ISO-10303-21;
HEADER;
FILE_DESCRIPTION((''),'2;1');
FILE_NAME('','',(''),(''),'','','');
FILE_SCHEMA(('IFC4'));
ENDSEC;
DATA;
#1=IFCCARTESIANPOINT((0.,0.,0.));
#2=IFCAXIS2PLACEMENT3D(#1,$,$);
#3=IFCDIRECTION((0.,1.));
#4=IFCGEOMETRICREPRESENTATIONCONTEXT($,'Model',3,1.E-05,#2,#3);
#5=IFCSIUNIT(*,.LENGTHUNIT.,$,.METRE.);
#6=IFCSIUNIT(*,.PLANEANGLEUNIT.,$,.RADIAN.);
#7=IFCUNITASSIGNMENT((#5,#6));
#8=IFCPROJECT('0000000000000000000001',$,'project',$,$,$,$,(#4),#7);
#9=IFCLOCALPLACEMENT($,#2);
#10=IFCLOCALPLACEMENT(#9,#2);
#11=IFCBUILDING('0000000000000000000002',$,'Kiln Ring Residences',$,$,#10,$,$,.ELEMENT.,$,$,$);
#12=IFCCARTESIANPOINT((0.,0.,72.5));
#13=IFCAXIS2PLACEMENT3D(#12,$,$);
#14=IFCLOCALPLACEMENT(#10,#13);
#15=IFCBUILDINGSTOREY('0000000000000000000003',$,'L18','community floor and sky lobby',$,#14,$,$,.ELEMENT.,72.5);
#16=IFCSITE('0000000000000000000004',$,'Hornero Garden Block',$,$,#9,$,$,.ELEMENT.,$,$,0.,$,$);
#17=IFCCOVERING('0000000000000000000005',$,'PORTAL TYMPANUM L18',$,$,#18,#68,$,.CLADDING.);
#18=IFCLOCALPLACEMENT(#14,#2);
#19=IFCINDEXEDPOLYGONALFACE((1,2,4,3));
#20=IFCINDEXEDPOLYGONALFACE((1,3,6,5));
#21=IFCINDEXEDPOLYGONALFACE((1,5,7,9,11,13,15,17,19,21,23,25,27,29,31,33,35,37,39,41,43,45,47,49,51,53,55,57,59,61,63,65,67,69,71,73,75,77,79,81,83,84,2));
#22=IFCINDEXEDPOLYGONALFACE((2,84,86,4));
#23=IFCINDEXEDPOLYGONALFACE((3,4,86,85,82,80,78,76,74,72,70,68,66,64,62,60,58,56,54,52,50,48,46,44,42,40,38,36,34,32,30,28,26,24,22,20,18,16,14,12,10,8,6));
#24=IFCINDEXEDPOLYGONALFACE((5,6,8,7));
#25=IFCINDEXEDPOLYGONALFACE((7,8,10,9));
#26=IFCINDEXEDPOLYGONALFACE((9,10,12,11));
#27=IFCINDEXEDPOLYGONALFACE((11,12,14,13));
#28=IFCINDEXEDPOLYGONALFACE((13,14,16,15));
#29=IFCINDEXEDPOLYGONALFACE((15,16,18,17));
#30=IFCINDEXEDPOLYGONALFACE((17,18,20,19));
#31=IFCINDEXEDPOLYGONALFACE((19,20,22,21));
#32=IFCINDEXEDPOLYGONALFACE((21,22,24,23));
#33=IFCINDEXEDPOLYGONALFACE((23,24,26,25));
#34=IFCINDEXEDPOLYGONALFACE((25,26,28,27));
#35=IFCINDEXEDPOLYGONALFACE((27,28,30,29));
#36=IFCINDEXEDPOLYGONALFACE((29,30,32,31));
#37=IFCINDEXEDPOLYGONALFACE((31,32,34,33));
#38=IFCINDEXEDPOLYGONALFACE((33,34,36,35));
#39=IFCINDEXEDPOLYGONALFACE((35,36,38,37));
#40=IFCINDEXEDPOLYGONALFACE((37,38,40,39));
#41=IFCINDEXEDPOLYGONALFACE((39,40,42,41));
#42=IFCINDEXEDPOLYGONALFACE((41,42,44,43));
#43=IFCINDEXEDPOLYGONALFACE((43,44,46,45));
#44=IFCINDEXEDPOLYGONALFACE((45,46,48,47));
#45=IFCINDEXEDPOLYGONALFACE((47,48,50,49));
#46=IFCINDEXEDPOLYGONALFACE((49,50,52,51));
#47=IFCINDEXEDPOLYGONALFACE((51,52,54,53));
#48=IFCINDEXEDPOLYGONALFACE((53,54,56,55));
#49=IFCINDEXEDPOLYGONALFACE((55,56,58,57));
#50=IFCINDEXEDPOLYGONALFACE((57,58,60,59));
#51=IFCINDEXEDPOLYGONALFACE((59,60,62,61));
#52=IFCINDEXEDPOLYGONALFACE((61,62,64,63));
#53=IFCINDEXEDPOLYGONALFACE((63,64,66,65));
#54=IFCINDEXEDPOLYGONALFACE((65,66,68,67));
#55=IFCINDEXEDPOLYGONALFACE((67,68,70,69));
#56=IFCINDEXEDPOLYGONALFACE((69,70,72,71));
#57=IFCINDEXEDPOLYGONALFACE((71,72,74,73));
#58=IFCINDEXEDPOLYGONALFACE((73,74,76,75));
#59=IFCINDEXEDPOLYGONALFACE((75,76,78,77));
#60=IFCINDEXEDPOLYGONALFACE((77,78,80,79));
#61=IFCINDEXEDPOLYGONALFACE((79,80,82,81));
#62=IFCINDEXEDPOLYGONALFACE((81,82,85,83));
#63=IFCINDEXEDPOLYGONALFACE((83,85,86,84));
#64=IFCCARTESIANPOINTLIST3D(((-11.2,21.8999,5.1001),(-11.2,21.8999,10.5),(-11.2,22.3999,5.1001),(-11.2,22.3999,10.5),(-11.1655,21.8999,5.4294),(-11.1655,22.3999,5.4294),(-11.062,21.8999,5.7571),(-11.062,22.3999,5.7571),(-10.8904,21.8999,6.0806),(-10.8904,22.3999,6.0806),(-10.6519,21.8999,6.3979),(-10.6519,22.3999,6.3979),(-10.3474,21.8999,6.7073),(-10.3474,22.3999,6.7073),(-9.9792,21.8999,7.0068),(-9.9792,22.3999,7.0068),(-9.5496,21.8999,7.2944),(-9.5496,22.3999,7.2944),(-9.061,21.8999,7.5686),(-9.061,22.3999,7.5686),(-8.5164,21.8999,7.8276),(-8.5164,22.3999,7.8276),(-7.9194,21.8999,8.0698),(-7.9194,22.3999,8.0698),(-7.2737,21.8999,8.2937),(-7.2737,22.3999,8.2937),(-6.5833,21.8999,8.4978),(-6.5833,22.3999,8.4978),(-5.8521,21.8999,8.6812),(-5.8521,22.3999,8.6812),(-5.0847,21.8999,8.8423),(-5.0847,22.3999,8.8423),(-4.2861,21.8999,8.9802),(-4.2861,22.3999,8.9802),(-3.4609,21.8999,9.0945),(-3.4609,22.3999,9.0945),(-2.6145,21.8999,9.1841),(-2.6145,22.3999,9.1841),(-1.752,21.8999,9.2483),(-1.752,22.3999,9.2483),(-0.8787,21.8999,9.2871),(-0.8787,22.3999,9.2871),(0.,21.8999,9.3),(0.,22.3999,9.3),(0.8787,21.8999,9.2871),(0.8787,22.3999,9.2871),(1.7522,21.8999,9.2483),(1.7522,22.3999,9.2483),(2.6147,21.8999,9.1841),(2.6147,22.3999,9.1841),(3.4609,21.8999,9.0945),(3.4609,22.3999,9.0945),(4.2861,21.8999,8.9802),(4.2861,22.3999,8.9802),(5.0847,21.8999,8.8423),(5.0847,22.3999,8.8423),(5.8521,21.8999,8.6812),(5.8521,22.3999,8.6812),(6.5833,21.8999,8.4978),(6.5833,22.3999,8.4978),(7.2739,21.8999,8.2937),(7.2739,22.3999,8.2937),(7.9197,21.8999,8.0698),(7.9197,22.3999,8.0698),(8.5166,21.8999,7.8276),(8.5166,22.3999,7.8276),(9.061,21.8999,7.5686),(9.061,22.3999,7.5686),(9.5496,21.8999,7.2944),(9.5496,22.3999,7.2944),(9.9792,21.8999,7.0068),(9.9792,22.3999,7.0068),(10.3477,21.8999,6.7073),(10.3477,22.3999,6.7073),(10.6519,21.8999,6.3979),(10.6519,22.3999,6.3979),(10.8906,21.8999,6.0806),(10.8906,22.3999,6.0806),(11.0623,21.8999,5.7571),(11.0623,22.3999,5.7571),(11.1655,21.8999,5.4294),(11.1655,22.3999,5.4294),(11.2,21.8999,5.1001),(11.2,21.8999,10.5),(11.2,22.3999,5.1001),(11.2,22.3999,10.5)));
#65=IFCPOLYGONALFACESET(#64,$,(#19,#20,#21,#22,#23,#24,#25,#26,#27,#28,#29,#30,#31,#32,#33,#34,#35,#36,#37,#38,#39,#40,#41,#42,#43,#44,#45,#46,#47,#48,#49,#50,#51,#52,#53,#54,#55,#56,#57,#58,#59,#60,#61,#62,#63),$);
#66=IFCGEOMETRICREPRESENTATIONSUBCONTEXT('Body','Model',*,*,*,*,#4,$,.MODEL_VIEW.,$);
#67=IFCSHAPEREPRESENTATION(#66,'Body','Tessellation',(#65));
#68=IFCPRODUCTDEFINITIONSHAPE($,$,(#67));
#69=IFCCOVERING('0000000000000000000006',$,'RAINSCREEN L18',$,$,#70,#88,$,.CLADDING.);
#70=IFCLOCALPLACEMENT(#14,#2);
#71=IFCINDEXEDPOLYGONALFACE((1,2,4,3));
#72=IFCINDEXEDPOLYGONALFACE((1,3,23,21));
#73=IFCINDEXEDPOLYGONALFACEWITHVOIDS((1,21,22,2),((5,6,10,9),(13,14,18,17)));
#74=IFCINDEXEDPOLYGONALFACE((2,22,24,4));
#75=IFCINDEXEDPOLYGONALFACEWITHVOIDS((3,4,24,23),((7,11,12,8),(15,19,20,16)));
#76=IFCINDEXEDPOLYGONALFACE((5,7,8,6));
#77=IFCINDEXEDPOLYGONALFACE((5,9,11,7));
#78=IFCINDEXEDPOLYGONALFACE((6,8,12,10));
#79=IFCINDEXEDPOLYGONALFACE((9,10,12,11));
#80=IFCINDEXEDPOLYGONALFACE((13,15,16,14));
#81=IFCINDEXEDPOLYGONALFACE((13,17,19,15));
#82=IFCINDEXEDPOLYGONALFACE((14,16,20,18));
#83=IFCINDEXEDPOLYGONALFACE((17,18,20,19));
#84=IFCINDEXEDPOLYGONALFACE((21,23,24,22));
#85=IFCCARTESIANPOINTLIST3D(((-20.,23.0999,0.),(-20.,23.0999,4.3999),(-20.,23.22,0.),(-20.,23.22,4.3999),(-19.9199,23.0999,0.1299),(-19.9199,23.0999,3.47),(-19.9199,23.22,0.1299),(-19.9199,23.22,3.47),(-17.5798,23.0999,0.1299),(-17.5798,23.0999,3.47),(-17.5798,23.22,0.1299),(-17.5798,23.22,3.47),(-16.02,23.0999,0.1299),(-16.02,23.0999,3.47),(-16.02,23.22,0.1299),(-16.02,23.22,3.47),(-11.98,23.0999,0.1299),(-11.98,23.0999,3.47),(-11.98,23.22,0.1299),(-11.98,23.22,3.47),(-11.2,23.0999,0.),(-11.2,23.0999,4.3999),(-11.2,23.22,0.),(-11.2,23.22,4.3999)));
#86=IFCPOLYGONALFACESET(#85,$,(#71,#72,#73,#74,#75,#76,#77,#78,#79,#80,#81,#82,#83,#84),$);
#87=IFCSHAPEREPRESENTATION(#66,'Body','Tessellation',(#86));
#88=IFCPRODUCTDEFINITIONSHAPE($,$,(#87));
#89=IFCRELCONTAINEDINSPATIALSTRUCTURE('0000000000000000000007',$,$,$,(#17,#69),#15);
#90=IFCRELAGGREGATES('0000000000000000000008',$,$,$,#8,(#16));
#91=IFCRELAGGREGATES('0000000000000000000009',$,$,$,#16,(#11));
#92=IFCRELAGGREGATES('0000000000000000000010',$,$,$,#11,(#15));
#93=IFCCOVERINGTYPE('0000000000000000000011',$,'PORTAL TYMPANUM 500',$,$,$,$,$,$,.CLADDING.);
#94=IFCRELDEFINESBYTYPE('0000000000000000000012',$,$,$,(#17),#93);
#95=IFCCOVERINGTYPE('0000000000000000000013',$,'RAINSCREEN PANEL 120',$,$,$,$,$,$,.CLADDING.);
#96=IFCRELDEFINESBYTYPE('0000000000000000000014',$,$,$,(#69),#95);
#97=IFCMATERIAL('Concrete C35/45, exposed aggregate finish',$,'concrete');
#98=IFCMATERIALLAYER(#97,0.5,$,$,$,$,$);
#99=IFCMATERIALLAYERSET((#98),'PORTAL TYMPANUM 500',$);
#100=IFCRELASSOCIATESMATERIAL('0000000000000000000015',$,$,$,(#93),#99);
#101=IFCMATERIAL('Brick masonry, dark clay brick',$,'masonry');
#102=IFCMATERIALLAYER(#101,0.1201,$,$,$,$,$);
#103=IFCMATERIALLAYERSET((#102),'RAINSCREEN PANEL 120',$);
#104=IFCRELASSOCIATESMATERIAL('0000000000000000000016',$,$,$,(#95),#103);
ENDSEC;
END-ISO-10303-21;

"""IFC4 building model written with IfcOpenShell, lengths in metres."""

from ifc_helpers import new_model, si_unit, direction, frame, origin, place, context, subcontext, project, spatial, polyline, outline, extrude, material, layer, layer_set, type_object, element, save


model = new_model("IFC4")

# Units and contexts
model_context = context("Model", 3, precision=1e-05, world=origin(), true_north=direction((0.0, 1.0)))
body_context = subcontext(model_context, "Body", "Model", "MODEL_VIEW")
ifc_project = project(units=[si_unit("LENGTHUNIT", "METRE"), si_unit("PLANEANGLEUNIT", "RADIAN")], contexts=[model_context])

# Site, building, storey
site_placement = place(None, origin())
site = spatial("IfcSite", under=ifc_project, at=site_placement, Name="Hornero Garden Block", CompositionType="ELEMENT", RefElevation=0.0)
building_placement = place(site_placement, origin())
building = spatial("IfcBuilding", under=site, at=building_placement, Name="Kiln Ring Residences", CompositionType="ELEMENT")
storey_placement = place(building_placement, frame((0.0, 0.0, 72.5)))
storey = spatial("IfcBuildingStorey", under=building, at=storey_placement, Name="L18", Description="community floor and sky lobby", CompositionType="ELEMENT", Elevation=72.5)

# Coverings
ifc_material_1 = material(Name="Concrete C35/45, exposed aggregate finish", Category="concrete")
ifc_layer_1 = layer(ifc_material_1, 0.5)
ifc_layer_set_1 = layer_set([ifc_layer_1], Name="PORTAL TYMPANUM 500")
covering_type_1 = type_object("IfcCoveringType", Name="PORTAL TYMPANUM 500", PredefinedType="CLADDING", material=ifc_layer_set_1)
covering_1_placement = place(storey_placement, frame((-11.2, 22.1499, 5.1001), z_axis=(0.0, 0.0, 1.0), x_axis=(1.0, 0.0, 0.0)))
element("IfcCovering", 1, at=covering_1_placement, inside=storey, type_object=covering_type_1, Name="PORTAL TYMPANUM L18", PredefinedType="CLADDING", context=body_context, shape_type="SweptSolid", body=[
    extrude(outline(polyline([(0.0, 0.0), (0.0, 5.3999), (22.3999, 5.3999), (22.3999, 0.0), (22.3655, 0.3293), (22.2622, 0.657), (22.0906, 0.9805), (21.8518, 1.2979), (21.5476, 1.6072), (21.1792, 1.9067), (20.7495, 2.1943), (20.261, 2.4685), (19.7166, 2.7275), (19.1196, 2.9697), (18.4739, 3.1936), (17.7832, 3.3977), (17.052, 3.5811), (16.2847, 3.7422), (15.4861, 3.8801), (14.6609, 3.9944), (13.8147, 4.084), (12.9521, 4.1482), (12.0786, 4.187), (11.2, 4.2), (10.3213, 4.187), (9.448, 4.1482), (8.5854, 4.084), (7.739, 3.9944), (6.9138, 3.8801), (6.1152, 3.7422), (5.3479, 3.5811), (4.6167, 3.3977), (3.9263, 3.1936), (3.2805, 2.9697), (2.6836, 2.7275), (2.1389, 2.4685), (1.6504, 2.1943), (1.2207, 1.9067), (0.8525, 1.6072), (0.5481, 1.2979), (0.3096, 0.9805), (0.1379, 0.657), (0.0344, 0.3293), (0.0, 0.0)])), frame((0.0, 0.25, 0.0), z_axis=(0.0, -1.0, 0.0), x_axis=(1.0, 0.0, 0.0)), (0.0, 0.0, 1.0), 0.5),
])
ifc_material_2 = material(Name="Brick masonry, dark clay brick", Category="masonry")
ifc_layer_2 = layer(ifc_material_2, 0.1201)
ifc_layer_set_2 = layer_set([ifc_layer_2], Name="RAINSCREEN PANEL 120")
covering_type_2 = type_object("IfcCoveringType", Name="RAINSCREEN PANEL 120", PredefinedType="CLADDING", material=ifc_layer_set_2)
covering_2_placement = place(storey_placement, frame((-11.2, 23.1599, 0.0), z_axis=(0.0, 0.0, 1.0), x_axis=(-1.0, 0.0, 0.0)))
element("IfcCovering", 2, at=covering_2_placement, inside=storey, type_object=covering_type_2, Name="RAINSCREEN L18", PredefinedType="CLADDING", context=body_context, shape_type="SweptSolid", body=[
    extrude(outline(polyline([(0.0, 0.0), (8.8, 0.0), (8.8, 4.3999), (0.0, 4.3999), (0.0, 0.0)]), holes=[polyline([(4.8201, 3.47), (0.78, 3.47), (0.78, 0.1299), (4.8201, 0.1299), (4.8201, 3.47)]), polyline([(8.72, 3.47), (6.3799, 3.47), (6.3799, 0.1299), (8.72, 0.1299), (8.72, 3.47)])]), frame((0.0, 0.0601, 0.0), z_axis=(0.0, -1.0, 0.0), x_axis=(1.0, 0.0, 0.0)), (0.0, 0.0, 1.0), 0.1201),
])

save(model, "model.ifc")
